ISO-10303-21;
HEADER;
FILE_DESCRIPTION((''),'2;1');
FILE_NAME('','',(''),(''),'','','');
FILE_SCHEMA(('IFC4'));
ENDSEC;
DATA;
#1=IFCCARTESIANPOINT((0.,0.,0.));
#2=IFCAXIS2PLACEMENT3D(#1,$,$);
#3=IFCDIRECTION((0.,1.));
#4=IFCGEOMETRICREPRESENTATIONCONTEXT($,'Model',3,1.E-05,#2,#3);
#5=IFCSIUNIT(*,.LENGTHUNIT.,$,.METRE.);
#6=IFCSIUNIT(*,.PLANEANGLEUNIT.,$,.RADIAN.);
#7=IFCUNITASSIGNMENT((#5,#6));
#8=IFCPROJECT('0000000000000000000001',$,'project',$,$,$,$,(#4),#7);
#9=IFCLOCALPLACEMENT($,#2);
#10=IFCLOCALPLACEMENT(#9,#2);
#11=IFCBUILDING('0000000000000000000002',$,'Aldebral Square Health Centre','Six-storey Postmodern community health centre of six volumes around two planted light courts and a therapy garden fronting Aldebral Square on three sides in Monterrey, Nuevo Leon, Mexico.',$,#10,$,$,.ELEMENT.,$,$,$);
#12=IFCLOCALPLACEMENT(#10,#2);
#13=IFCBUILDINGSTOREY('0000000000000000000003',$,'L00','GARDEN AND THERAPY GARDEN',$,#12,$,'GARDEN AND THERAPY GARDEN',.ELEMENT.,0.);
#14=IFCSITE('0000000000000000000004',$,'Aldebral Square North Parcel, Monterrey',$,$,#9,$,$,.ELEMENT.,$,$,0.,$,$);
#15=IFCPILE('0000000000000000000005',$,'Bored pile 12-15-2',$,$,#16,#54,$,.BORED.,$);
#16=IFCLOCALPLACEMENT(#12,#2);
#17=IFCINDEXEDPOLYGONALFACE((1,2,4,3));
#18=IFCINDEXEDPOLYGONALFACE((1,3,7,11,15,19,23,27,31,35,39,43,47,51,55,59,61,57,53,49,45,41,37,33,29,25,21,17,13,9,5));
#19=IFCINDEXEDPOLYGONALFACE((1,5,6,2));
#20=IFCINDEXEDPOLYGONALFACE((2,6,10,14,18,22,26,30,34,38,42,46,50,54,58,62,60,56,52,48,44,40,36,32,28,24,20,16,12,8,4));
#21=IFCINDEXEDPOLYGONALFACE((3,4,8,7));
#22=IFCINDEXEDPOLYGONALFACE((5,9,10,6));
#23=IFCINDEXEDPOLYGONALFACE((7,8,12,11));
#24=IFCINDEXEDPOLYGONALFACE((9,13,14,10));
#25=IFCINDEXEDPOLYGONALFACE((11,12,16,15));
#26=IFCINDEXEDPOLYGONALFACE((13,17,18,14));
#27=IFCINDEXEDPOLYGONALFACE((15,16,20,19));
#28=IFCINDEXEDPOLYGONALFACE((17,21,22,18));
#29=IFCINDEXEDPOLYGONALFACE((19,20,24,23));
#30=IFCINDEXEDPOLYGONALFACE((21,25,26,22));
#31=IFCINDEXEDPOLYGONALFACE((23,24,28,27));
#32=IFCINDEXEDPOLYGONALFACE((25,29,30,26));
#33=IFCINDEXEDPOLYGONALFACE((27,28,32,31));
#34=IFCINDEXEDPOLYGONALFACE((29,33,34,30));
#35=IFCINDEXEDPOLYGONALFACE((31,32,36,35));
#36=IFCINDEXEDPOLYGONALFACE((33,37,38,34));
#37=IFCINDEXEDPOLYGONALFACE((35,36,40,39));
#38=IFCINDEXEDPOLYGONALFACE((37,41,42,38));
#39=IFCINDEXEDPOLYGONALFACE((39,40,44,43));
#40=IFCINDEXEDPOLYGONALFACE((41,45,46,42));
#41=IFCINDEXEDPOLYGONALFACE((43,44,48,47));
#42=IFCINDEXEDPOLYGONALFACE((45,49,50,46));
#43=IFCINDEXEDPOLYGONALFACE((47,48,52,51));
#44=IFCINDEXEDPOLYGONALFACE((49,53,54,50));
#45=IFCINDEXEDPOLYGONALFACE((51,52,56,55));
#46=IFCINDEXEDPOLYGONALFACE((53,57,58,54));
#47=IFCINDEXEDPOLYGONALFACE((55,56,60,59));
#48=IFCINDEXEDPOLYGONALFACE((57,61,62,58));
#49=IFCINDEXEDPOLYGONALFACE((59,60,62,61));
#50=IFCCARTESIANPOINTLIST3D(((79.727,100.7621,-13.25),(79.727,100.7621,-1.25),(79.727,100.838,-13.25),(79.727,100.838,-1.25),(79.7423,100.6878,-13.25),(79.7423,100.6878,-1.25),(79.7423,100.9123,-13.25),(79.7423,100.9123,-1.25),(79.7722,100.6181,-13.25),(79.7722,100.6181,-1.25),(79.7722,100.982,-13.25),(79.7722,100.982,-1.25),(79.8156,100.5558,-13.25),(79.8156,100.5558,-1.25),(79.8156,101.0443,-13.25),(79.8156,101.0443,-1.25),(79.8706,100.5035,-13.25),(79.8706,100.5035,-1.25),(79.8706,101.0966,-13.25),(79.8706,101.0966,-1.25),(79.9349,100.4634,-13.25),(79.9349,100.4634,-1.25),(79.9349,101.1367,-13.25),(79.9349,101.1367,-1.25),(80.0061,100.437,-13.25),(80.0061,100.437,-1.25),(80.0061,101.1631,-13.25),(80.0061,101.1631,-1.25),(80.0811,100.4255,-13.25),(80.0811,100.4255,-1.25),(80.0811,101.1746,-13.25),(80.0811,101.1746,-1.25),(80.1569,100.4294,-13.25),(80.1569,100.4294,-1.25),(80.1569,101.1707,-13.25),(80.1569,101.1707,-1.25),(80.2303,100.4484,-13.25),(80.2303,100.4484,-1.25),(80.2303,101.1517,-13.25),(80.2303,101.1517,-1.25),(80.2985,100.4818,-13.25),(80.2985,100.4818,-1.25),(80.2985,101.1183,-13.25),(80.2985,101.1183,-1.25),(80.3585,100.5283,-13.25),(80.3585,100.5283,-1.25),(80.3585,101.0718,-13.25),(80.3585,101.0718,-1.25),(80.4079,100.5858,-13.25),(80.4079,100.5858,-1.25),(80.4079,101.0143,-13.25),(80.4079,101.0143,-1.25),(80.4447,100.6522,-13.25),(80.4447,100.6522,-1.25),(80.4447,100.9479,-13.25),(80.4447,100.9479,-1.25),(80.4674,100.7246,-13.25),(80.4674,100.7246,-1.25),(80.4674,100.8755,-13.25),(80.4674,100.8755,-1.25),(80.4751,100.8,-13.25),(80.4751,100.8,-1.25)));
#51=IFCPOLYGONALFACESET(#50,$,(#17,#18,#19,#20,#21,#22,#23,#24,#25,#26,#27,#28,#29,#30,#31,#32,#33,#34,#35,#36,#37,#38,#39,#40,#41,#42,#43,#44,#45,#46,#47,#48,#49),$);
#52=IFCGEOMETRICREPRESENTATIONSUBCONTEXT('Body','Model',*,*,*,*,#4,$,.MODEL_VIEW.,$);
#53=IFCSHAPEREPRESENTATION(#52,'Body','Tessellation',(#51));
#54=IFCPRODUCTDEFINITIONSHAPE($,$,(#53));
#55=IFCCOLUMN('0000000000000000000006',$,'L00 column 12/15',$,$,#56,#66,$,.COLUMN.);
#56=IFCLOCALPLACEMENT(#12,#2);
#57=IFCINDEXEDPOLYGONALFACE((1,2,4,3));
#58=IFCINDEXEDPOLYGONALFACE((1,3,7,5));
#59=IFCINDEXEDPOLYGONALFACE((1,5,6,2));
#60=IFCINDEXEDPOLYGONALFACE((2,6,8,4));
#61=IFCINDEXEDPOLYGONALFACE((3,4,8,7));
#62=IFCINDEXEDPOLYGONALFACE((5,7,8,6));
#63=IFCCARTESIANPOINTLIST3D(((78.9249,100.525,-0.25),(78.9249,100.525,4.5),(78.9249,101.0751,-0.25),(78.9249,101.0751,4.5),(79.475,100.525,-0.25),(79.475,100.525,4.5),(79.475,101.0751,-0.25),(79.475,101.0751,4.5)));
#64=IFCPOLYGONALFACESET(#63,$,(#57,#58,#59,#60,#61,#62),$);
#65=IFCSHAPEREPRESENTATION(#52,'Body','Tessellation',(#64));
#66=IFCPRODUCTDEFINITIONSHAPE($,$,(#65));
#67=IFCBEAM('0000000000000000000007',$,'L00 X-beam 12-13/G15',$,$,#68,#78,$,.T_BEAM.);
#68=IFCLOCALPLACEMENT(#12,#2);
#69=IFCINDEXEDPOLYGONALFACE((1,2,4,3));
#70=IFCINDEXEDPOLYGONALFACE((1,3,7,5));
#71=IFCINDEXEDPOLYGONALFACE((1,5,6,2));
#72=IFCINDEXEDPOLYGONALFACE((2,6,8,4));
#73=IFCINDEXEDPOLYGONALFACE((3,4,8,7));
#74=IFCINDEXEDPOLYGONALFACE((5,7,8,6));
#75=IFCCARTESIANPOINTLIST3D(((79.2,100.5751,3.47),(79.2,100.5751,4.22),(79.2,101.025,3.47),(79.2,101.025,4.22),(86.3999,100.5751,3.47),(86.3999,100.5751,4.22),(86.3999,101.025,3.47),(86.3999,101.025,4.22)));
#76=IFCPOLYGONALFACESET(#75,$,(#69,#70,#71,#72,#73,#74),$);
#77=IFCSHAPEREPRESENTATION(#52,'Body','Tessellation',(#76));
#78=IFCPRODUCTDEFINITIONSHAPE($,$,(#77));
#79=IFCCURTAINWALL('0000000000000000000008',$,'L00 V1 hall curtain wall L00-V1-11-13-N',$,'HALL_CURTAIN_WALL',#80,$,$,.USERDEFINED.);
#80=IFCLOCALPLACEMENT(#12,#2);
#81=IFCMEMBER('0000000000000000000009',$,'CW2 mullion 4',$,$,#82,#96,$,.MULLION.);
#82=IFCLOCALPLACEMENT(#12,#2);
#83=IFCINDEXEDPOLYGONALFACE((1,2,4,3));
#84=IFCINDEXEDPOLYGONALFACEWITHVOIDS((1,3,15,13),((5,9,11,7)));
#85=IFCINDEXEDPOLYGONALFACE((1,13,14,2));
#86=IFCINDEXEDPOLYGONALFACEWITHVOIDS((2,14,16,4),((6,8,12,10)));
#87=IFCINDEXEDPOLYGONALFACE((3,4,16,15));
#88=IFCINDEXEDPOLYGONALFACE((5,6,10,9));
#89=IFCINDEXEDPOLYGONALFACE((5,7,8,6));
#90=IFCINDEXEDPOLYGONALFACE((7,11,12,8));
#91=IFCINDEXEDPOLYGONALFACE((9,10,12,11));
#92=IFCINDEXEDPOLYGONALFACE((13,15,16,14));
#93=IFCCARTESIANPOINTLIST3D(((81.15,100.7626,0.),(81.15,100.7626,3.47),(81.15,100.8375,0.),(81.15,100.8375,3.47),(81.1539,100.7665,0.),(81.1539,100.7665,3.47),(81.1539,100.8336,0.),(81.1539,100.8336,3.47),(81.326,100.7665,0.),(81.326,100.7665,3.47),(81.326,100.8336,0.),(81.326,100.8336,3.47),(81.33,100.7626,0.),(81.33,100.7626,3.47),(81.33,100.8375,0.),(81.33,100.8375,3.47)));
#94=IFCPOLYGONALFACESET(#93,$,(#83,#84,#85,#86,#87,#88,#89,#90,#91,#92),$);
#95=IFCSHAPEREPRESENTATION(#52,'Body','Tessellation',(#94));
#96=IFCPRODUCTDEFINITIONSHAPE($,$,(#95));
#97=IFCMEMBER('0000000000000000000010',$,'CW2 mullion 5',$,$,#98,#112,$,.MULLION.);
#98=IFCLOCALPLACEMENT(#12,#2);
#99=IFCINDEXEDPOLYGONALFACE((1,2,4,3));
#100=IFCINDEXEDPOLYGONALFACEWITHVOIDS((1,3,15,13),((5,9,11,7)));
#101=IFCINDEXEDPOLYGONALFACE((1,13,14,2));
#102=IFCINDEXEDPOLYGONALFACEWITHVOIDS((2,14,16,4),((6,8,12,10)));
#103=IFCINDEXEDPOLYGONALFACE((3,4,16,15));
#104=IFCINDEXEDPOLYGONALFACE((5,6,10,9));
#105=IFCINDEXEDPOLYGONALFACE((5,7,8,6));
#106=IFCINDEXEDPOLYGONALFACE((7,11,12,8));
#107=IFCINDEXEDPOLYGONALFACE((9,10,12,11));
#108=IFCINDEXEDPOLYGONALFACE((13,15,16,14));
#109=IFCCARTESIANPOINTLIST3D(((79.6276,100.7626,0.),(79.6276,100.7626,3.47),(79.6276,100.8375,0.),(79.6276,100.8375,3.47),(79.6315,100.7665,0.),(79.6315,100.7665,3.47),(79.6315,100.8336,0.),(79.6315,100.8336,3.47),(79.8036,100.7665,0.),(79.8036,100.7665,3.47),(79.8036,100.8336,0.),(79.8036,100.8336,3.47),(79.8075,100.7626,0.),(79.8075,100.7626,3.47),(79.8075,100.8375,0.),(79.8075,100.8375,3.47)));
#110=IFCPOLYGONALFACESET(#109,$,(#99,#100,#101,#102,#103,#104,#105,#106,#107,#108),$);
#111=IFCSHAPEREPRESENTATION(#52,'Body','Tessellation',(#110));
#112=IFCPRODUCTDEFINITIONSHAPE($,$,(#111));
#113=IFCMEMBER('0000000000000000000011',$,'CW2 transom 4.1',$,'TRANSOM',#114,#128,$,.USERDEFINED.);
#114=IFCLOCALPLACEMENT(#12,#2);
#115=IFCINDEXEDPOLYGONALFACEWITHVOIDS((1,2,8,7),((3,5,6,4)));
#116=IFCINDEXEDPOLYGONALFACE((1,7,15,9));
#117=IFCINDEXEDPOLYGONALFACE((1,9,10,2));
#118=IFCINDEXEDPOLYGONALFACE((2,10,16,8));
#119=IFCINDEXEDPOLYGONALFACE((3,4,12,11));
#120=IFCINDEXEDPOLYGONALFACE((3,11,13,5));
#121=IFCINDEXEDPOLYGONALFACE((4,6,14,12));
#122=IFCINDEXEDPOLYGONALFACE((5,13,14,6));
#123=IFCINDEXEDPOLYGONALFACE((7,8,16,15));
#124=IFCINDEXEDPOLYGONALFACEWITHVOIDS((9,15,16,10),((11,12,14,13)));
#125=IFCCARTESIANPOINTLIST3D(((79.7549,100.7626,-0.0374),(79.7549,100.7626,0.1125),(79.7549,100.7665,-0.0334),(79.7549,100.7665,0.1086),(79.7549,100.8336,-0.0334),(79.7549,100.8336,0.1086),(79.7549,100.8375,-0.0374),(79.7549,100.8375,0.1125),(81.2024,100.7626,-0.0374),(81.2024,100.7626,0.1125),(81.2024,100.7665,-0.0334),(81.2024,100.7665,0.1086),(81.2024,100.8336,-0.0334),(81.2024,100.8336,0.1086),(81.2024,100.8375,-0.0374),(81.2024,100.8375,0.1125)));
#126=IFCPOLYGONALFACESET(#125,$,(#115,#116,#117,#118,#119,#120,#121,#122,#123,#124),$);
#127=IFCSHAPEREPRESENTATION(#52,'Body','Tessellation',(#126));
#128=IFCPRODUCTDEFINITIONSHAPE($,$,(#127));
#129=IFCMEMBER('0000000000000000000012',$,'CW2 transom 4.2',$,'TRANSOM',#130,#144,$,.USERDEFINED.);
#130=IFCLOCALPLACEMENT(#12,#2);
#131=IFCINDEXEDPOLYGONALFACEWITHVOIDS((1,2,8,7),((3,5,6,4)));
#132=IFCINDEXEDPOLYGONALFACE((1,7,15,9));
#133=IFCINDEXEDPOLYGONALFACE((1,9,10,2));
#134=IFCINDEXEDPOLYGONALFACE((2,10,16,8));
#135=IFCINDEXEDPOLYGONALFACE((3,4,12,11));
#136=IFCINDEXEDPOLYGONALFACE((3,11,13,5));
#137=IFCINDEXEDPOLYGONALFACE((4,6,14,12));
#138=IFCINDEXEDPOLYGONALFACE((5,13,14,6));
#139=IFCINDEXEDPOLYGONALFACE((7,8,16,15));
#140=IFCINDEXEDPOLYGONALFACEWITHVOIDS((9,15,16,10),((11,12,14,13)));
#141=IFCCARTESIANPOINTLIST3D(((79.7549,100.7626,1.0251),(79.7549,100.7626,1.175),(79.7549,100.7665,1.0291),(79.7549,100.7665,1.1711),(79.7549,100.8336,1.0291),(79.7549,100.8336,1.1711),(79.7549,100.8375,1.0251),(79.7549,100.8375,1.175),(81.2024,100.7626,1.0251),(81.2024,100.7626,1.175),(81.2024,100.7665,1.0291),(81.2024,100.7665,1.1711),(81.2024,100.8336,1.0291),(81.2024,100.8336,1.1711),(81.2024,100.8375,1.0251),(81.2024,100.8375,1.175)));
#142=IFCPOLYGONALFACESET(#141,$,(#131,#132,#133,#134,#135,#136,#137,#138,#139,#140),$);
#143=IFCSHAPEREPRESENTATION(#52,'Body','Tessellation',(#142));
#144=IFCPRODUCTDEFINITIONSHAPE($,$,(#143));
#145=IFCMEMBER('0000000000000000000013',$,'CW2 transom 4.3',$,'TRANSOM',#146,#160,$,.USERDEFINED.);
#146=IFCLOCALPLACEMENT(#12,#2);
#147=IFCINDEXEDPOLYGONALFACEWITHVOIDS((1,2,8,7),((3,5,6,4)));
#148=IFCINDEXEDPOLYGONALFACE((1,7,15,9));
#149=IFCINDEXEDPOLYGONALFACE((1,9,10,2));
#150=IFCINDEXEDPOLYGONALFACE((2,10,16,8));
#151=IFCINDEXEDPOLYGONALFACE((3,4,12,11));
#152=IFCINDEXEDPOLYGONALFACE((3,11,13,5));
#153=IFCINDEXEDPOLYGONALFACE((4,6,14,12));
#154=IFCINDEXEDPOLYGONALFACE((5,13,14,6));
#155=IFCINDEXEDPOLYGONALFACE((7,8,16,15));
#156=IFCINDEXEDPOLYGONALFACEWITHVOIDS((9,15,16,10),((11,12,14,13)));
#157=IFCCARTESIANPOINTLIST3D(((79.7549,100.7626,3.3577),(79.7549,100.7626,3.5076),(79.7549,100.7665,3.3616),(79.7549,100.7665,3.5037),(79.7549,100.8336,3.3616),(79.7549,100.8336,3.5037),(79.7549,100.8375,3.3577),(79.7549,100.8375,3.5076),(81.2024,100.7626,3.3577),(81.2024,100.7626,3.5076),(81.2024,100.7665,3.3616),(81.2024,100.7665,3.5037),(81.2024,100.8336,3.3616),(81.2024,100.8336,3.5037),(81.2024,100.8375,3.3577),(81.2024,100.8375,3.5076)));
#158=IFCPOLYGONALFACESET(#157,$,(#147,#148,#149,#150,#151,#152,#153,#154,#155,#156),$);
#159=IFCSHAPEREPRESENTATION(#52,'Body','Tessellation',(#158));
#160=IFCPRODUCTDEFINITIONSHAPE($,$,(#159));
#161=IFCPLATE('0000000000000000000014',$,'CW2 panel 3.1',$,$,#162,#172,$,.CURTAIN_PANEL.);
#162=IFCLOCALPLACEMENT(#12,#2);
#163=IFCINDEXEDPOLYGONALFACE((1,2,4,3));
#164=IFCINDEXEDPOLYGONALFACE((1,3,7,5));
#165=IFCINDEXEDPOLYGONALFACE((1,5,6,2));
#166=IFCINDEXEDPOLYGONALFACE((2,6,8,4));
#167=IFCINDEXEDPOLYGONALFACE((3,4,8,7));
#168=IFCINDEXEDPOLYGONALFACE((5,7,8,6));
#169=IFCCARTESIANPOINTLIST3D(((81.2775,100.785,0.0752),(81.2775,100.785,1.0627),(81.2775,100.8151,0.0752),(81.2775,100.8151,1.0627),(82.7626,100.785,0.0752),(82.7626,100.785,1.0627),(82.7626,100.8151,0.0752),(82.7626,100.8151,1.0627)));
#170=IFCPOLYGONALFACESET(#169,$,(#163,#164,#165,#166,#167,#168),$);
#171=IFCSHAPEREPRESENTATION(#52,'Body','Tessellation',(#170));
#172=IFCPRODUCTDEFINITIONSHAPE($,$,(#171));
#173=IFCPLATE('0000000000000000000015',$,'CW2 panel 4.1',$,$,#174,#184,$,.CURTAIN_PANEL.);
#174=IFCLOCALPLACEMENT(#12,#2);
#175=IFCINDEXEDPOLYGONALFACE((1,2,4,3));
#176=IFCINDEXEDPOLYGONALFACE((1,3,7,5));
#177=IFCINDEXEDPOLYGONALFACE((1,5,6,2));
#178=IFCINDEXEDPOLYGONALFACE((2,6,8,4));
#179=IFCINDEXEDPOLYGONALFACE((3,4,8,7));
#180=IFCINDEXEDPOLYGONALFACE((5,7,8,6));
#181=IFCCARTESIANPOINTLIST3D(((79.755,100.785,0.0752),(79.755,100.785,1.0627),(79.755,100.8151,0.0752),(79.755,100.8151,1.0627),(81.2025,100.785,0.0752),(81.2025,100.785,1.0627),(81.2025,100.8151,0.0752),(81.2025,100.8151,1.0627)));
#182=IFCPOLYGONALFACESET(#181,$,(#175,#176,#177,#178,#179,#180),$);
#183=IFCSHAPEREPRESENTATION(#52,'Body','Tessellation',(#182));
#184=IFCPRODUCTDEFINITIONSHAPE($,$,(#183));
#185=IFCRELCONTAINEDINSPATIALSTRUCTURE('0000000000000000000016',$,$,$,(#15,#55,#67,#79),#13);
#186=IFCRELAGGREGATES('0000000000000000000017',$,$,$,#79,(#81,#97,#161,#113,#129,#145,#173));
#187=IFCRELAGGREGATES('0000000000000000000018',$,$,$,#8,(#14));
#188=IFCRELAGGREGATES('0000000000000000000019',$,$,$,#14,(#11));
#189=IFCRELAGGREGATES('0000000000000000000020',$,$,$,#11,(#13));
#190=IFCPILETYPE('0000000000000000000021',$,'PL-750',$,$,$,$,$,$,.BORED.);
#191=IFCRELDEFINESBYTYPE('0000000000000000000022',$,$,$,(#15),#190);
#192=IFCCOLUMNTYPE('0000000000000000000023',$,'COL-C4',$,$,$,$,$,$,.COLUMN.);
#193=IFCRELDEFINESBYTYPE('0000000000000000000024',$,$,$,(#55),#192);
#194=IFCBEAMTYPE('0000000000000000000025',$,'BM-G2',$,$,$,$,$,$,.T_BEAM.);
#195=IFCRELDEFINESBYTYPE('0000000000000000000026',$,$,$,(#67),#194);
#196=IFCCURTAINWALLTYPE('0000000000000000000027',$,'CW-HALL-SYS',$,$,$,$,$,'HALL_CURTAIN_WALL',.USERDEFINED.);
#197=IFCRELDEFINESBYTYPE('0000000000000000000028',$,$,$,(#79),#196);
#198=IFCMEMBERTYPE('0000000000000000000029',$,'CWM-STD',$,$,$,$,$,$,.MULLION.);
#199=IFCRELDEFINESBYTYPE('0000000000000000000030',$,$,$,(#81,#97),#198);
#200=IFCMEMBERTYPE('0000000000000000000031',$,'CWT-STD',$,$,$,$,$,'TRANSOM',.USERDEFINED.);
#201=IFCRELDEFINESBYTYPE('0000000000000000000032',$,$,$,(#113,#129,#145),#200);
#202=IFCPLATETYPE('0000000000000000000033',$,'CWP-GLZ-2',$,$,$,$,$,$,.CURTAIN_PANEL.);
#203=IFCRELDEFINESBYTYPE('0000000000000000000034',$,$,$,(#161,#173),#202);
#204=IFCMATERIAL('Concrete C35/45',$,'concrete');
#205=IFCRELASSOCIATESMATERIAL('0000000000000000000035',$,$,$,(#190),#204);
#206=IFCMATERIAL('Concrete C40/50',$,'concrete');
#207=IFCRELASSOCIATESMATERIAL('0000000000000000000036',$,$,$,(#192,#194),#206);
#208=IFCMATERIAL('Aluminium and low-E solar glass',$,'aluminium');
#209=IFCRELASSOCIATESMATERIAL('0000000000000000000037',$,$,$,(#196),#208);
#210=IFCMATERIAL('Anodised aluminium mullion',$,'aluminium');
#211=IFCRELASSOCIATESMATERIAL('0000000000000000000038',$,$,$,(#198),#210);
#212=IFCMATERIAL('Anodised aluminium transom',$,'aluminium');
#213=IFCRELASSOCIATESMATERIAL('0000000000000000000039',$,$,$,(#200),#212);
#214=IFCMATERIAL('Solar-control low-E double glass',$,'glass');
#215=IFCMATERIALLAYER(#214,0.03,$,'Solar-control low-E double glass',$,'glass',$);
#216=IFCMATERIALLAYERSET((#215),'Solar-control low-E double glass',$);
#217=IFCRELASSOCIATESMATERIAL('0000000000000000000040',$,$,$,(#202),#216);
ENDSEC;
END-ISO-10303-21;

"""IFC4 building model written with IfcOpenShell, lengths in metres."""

from ifc_helpers import new_model, si_unit, direction, frame, origin, origin_2d, place, context, subcontext, project, spatial, rectangle, hollow_rectangle, circle, extrude, material, layer, layer_set, material_profile, profile_set, type_object, element, aggregate, save


model = new_model("IFC4")

# Units and contexts
model_context = context("Model", 3, precision=1e-05, world=origin(), true_north=direction((0.0, 1.0)))
body_context = subcontext(model_context, "Body", "Model", "MODEL_VIEW")
ifc_project = project(units=[si_unit("LENGTHUNIT", "METRE"), si_unit("PLANEANGLEUNIT", "RADIAN")], contexts=[model_context])

# Site, building, storey
site_placement = place(None, origin())
site = spatial("IfcSite", under=ifc_project, at=site_placement, Name="Aldebral Square North Parcel, Monterrey", CompositionType="ELEMENT", RefElevation=0.0)
building_placement = place(site_placement, origin())
building = spatial("IfcBuilding", under=site, at=building_placement, Name="Aldebral Square Health Centre", Description="Six-storey Postmodern community health centre of six volumes around two planted light courts and a therapy garden fronting Aldebral Square on three sides in Monterrey, Nuevo Leon, Mexico.", CompositionType="ELEMENT")
storey_placement = place(building_placement, origin())
storey = spatial("IfcBuildingStorey", under=building, at=storey_placement, Name="L00", Description="GARDEN AND THERAPY GARDEN", LongName="GARDEN AND THERAPY GARDEN", CompositionType="ELEMENT", Elevation=0.0)

# Pile
ifc_material_1 = material(Name="Concrete C35/45", Category="concrete")
ifc_material_profile_1 = material_profile(ifc_material_1, circle(Radius=0.375, at=origin_2d()), Name="PILE D750")
ifc_profile_set_1 = profile_set([ifc_material_profile_1], Name="Concrete C35/45")
pile_type = type_object("IfcPileType", Name="PL-750", PredefinedType="BORED", material=ifc_profile_set_1)
pile_placement = place(storey_placement, frame((80.1001, 100.8, -1.25), z_axis=(0.0, 0.0, -1.0), x_axis=(1.0, 0.0, 0.0)))
element("IfcPile", 1, at=pile_placement, inside=storey, type_object=pile_type, Name="Bored pile 12-15-2", PredefinedType="BORED", context=body_context, shape_type="SweptSolid", body=[
    extrude(circle(Radius=0.375, at=origin_2d()), origin(), (0.0, 0.0, 1.0), 12.0),
])

# Column
ifc_material_2 = material(Name="Concrete C40/50", Category="concrete")
ifc_material_profile_2 = material_profile(ifc_material_2, rectangle(XDim=0.55, YDim=0.55, at=origin_2d()), Name="RC 550x550")
ifc_profile_set_2 = profile_set([ifc_material_profile_2], Name="Concrete C40/50")
column_type = type_object("IfcColumnType", Name="COL-C4", PredefinedType="COLUMN", material=ifc_profile_set_2)
column_placement = place(storey_placement, frame((79.2, 100.8, -0.25), z_axis=(0.0, 0.0, 1.0), x_axis=(1.0, 0.0, 0.0)))
element("IfcColumn", 2, at=column_placement, inside=storey, type_object=column_type, Name="L00 column 12/15", PredefinedType="COLUMN", context=body_context, shape_type="SweptSolid", body=[
    extrude(rectangle(XDim=0.55, YDim=0.55, at=origin_2d()), origin(), (0.0, 0.0, 1.0), 4.75),
])

# Beam
ifc_material_profile_3 = material_profile(ifc_material_2, rectangle(XDim=0.45, YDim=0.75, at=origin_2d()), Name="RC 450x750")
ifc_profile_set_3 = profile_set([ifc_material_profile_3], Name="Concrete C40/50")
beam_type = type_object("IfcBeamType", Name="BM-G2", PredefinedType="T_BEAM", material=ifc_profile_set_3)
beam_placement = place(storey_placement, frame((79.2, 100.8, 3.845), z_axis=(1.0, 0.0, 0.0), x_axis=(0.0, 1.0, 0.0)))
element("IfcBeam", 3, at=beam_placement, inside=storey, type_object=beam_type, Name="L00 X-beam 12-13/G15", PredefinedType="T_BEAM", context=body_context, shape_type="SweptSolid", body=[
    extrude(rectangle(XDim=0.45, YDim=0.75, at=origin_2d()), origin(), (0.0, 0.0, 1.0), 7.2),
])

# Curtain wall, members, plates
ifc_material_3 = material(Name="Aluminium and low-E solar glass", Category="aluminium")
curtain_wall_type = type_object("IfcCurtainWallType", Name="CW-HALL-SYS", ElementType="HALL_CURTAIN_WALL", PredefinedType="USERDEFINED", material=ifc_material_3)
curtain_wall_placement = place(storey_placement, origin())
curtain_wall = element("IfcCurtainWall", 4, at=curtain_wall_placement, inside=storey, type_object=curtain_wall_type, Name="L00 V1 hall curtain wall L00-V1-11-13-N", ObjectType="HALL_CURTAIN_WALL", PredefinedType="USERDEFINED")
ifc_material_4 = material(Name="Anodised aluminium mullion", Category="aluminium")
ifc_material_profile_4 = material_profile(ifc_material_4, hollow_rectangle(XDim=0.075, YDim=0.1799, WallThickness=0.0039, at=origin_2d()), Name="CWM 75x180x4")
ifc_profile_set_4 = profile_set([ifc_material_profile_4], Name="Anodised aluminium mullion")
member_type_1 = type_object("IfcMemberType", Name="CWM-STD", PredefinedType="MULLION", material=ifc_profile_set_4)
member_1_placement = place(storey_placement, frame((81.24, 100.8, 0.0), z_axis=(0.0, 0.0, 1.0), x_axis=(0.0, -1.0, 0.0)))
member_1 = element("IfcMember", 5, at=member_1_placement, type_object=member_type_1, Name="CW2 mullion 4", PredefinedType="MULLION", context=body_context, shape_type="SweptSolid", body=[
    extrude(hollow_rectangle(XDim=0.075, YDim=0.1799, WallThickness=0.0039, at=origin_2d()), origin(), (0.0, 0.0, 1.0), 3.47),
])
member_2_placement = place(storey_placement, frame((79.7175, 100.8, 0.0), z_axis=(0.0, 0.0, 1.0), x_axis=(0.0, -1.0, 0.0)))
member_2 = element("IfcMember", 6, at=member_2_placement, type_object=member_type_1, Name="CW2 mullion 5", PredefinedType="MULLION", context=body_context, shape_type="SweptSolid", body=[
    extrude(hollow_rectangle(XDim=0.075, YDim=0.1799, WallThickness=0.0039, at=origin_2d()), origin(), (0.0, 0.0, 1.0), 3.47),
])
ifc_material_5 = material(Name="Anodised aluminium transom", Category="aluminium")
ifc_material_profile_5 = material_profile(ifc_material_5, hollow_rectangle(XDim=0.075, YDim=0.1499, WallThickness=0.0039, at=origin_2d()), Name="CWT 75x150x4")
ifc_profile_set_5 = profile_set([ifc_material_profile_5], Name="Anodised aluminium transom")
member_type_2 = type_object("IfcMemberType", Name="CWT-STD", ElementType="TRANSOM", PredefinedType="USERDEFINED", material=ifc_profile_set_5)
member_3_placement = place(storey_placement, frame((81.2024, 100.8, 0.0376), z_axis=(-1.0, 0.0, 0.0), x_axis=(0.0, -1.0, 0.0)))
member_3 = element("IfcMember", 7, at=member_3_placement, type_object=member_type_2, Name="CW2 transom 4.1", ObjectType="TRANSOM", PredefinedType="USERDEFINED", context=body_context, shape_type="SweptSolid", body=[
    extrude(hollow_rectangle(XDim=0.075, YDim=0.1499, WallThickness=0.0039, at=origin_2d()), origin(), (0.0, 0.0, 1.0), 1.4475),
])
member_4_placement = place(storey_placement, frame((81.2024, 100.8, 1.1001), z_axis=(-1.0, 0.0, 0.0), x_axis=(0.0, -1.0, 0.0)))
member_4 = element("IfcMember", 8, at=member_4_placement, type_object=member_type_2, Name="CW2 transom 4.2", ObjectType="TRANSOM", PredefinedType="USERDEFINED", context=body_context, shape_type="SweptSolid", body=[
    extrude(hollow_rectangle(XDim=0.075, YDim=0.1499, WallThickness=0.0039, at=origin_2d()), origin(), (0.0, 0.0, 1.0), 1.4475),
])
member_5_placement = place(storey_placement, frame((81.2024, 100.8, 3.4326), z_axis=(-1.0, 0.0, 0.0), x_axis=(0.0, -1.0, 0.0)))
member_5 = element("IfcMember", 9, at=member_5_placement, type_object=member_type_2, Name="CW2 transom 4.3", ObjectType="TRANSOM", PredefinedType="USERDEFINED", context=body_context, shape_type="SweptSolid", body=[
    extrude(hollow_rectangle(XDim=0.075, YDim=0.1499, WallThickness=0.0039, at=origin_2d()), origin(), (0.0, 0.0, 1.0), 1.4475),
])
ifc_material_6 = material(Name="Solar-control low-E double glass", Category="glass")
ifc_layer_1 = layer(ifc_material_6, 0.03, Name="Solar-control low-E double glass", Category="glass")
ifc_layer_set_1 = layer_set([ifc_layer_1], Name="Solar-control low-E double glass")
plate_type = type_object("IfcPlateType", Name="CWP-GLZ-2", PredefinedType="CURTAIN_PANEL", material=ifc_layer_set_1)
plate_1_placement = place(storey_placement, frame((82.02, 100.8, 0.0752), z_axis=(0.0, 0.0, 1.0), x_axis=(-1.0, 0.0, 0.0)))
plate_1 = element("IfcPlate", 10, at=plate_1_placement, type_object=plate_type, Name="CW2 panel 3.1", PredefinedType="CURTAIN_PANEL", context=body_context, shape_type="SweptSolid", body=[
    extrude(rectangle(XDim=1.4851, YDim=0.03, at=origin_2d()), origin(), (0.0, 0.0, 1.0), 0.9875),
])
plate_2_placement = place(storey_placement, frame((80.4788, 100.8, 0.0752), z_axis=(0.0, 0.0, 1.0), x_axis=(-1.0, 0.0, 0.0)))
plate_2 = element("IfcPlate", 11, at=plate_2_placement, type_object=plate_type, Name="CW2 panel 4.1", PredefinedType="CURTAIN_PANEL", context=body_context, shape_type="SweptSolid", body=[
    extrude(rectangle(XDim=1.4475, YDim=0.03, at=origin_2d()), origin(), (0.0, 0.0, 1.0), 0.9875),
])
aggregate(curtain_wall, [member_1, member_2, plate_1, member_3, member_4, member_5, plate_2])

save(model, "model.ifc")
